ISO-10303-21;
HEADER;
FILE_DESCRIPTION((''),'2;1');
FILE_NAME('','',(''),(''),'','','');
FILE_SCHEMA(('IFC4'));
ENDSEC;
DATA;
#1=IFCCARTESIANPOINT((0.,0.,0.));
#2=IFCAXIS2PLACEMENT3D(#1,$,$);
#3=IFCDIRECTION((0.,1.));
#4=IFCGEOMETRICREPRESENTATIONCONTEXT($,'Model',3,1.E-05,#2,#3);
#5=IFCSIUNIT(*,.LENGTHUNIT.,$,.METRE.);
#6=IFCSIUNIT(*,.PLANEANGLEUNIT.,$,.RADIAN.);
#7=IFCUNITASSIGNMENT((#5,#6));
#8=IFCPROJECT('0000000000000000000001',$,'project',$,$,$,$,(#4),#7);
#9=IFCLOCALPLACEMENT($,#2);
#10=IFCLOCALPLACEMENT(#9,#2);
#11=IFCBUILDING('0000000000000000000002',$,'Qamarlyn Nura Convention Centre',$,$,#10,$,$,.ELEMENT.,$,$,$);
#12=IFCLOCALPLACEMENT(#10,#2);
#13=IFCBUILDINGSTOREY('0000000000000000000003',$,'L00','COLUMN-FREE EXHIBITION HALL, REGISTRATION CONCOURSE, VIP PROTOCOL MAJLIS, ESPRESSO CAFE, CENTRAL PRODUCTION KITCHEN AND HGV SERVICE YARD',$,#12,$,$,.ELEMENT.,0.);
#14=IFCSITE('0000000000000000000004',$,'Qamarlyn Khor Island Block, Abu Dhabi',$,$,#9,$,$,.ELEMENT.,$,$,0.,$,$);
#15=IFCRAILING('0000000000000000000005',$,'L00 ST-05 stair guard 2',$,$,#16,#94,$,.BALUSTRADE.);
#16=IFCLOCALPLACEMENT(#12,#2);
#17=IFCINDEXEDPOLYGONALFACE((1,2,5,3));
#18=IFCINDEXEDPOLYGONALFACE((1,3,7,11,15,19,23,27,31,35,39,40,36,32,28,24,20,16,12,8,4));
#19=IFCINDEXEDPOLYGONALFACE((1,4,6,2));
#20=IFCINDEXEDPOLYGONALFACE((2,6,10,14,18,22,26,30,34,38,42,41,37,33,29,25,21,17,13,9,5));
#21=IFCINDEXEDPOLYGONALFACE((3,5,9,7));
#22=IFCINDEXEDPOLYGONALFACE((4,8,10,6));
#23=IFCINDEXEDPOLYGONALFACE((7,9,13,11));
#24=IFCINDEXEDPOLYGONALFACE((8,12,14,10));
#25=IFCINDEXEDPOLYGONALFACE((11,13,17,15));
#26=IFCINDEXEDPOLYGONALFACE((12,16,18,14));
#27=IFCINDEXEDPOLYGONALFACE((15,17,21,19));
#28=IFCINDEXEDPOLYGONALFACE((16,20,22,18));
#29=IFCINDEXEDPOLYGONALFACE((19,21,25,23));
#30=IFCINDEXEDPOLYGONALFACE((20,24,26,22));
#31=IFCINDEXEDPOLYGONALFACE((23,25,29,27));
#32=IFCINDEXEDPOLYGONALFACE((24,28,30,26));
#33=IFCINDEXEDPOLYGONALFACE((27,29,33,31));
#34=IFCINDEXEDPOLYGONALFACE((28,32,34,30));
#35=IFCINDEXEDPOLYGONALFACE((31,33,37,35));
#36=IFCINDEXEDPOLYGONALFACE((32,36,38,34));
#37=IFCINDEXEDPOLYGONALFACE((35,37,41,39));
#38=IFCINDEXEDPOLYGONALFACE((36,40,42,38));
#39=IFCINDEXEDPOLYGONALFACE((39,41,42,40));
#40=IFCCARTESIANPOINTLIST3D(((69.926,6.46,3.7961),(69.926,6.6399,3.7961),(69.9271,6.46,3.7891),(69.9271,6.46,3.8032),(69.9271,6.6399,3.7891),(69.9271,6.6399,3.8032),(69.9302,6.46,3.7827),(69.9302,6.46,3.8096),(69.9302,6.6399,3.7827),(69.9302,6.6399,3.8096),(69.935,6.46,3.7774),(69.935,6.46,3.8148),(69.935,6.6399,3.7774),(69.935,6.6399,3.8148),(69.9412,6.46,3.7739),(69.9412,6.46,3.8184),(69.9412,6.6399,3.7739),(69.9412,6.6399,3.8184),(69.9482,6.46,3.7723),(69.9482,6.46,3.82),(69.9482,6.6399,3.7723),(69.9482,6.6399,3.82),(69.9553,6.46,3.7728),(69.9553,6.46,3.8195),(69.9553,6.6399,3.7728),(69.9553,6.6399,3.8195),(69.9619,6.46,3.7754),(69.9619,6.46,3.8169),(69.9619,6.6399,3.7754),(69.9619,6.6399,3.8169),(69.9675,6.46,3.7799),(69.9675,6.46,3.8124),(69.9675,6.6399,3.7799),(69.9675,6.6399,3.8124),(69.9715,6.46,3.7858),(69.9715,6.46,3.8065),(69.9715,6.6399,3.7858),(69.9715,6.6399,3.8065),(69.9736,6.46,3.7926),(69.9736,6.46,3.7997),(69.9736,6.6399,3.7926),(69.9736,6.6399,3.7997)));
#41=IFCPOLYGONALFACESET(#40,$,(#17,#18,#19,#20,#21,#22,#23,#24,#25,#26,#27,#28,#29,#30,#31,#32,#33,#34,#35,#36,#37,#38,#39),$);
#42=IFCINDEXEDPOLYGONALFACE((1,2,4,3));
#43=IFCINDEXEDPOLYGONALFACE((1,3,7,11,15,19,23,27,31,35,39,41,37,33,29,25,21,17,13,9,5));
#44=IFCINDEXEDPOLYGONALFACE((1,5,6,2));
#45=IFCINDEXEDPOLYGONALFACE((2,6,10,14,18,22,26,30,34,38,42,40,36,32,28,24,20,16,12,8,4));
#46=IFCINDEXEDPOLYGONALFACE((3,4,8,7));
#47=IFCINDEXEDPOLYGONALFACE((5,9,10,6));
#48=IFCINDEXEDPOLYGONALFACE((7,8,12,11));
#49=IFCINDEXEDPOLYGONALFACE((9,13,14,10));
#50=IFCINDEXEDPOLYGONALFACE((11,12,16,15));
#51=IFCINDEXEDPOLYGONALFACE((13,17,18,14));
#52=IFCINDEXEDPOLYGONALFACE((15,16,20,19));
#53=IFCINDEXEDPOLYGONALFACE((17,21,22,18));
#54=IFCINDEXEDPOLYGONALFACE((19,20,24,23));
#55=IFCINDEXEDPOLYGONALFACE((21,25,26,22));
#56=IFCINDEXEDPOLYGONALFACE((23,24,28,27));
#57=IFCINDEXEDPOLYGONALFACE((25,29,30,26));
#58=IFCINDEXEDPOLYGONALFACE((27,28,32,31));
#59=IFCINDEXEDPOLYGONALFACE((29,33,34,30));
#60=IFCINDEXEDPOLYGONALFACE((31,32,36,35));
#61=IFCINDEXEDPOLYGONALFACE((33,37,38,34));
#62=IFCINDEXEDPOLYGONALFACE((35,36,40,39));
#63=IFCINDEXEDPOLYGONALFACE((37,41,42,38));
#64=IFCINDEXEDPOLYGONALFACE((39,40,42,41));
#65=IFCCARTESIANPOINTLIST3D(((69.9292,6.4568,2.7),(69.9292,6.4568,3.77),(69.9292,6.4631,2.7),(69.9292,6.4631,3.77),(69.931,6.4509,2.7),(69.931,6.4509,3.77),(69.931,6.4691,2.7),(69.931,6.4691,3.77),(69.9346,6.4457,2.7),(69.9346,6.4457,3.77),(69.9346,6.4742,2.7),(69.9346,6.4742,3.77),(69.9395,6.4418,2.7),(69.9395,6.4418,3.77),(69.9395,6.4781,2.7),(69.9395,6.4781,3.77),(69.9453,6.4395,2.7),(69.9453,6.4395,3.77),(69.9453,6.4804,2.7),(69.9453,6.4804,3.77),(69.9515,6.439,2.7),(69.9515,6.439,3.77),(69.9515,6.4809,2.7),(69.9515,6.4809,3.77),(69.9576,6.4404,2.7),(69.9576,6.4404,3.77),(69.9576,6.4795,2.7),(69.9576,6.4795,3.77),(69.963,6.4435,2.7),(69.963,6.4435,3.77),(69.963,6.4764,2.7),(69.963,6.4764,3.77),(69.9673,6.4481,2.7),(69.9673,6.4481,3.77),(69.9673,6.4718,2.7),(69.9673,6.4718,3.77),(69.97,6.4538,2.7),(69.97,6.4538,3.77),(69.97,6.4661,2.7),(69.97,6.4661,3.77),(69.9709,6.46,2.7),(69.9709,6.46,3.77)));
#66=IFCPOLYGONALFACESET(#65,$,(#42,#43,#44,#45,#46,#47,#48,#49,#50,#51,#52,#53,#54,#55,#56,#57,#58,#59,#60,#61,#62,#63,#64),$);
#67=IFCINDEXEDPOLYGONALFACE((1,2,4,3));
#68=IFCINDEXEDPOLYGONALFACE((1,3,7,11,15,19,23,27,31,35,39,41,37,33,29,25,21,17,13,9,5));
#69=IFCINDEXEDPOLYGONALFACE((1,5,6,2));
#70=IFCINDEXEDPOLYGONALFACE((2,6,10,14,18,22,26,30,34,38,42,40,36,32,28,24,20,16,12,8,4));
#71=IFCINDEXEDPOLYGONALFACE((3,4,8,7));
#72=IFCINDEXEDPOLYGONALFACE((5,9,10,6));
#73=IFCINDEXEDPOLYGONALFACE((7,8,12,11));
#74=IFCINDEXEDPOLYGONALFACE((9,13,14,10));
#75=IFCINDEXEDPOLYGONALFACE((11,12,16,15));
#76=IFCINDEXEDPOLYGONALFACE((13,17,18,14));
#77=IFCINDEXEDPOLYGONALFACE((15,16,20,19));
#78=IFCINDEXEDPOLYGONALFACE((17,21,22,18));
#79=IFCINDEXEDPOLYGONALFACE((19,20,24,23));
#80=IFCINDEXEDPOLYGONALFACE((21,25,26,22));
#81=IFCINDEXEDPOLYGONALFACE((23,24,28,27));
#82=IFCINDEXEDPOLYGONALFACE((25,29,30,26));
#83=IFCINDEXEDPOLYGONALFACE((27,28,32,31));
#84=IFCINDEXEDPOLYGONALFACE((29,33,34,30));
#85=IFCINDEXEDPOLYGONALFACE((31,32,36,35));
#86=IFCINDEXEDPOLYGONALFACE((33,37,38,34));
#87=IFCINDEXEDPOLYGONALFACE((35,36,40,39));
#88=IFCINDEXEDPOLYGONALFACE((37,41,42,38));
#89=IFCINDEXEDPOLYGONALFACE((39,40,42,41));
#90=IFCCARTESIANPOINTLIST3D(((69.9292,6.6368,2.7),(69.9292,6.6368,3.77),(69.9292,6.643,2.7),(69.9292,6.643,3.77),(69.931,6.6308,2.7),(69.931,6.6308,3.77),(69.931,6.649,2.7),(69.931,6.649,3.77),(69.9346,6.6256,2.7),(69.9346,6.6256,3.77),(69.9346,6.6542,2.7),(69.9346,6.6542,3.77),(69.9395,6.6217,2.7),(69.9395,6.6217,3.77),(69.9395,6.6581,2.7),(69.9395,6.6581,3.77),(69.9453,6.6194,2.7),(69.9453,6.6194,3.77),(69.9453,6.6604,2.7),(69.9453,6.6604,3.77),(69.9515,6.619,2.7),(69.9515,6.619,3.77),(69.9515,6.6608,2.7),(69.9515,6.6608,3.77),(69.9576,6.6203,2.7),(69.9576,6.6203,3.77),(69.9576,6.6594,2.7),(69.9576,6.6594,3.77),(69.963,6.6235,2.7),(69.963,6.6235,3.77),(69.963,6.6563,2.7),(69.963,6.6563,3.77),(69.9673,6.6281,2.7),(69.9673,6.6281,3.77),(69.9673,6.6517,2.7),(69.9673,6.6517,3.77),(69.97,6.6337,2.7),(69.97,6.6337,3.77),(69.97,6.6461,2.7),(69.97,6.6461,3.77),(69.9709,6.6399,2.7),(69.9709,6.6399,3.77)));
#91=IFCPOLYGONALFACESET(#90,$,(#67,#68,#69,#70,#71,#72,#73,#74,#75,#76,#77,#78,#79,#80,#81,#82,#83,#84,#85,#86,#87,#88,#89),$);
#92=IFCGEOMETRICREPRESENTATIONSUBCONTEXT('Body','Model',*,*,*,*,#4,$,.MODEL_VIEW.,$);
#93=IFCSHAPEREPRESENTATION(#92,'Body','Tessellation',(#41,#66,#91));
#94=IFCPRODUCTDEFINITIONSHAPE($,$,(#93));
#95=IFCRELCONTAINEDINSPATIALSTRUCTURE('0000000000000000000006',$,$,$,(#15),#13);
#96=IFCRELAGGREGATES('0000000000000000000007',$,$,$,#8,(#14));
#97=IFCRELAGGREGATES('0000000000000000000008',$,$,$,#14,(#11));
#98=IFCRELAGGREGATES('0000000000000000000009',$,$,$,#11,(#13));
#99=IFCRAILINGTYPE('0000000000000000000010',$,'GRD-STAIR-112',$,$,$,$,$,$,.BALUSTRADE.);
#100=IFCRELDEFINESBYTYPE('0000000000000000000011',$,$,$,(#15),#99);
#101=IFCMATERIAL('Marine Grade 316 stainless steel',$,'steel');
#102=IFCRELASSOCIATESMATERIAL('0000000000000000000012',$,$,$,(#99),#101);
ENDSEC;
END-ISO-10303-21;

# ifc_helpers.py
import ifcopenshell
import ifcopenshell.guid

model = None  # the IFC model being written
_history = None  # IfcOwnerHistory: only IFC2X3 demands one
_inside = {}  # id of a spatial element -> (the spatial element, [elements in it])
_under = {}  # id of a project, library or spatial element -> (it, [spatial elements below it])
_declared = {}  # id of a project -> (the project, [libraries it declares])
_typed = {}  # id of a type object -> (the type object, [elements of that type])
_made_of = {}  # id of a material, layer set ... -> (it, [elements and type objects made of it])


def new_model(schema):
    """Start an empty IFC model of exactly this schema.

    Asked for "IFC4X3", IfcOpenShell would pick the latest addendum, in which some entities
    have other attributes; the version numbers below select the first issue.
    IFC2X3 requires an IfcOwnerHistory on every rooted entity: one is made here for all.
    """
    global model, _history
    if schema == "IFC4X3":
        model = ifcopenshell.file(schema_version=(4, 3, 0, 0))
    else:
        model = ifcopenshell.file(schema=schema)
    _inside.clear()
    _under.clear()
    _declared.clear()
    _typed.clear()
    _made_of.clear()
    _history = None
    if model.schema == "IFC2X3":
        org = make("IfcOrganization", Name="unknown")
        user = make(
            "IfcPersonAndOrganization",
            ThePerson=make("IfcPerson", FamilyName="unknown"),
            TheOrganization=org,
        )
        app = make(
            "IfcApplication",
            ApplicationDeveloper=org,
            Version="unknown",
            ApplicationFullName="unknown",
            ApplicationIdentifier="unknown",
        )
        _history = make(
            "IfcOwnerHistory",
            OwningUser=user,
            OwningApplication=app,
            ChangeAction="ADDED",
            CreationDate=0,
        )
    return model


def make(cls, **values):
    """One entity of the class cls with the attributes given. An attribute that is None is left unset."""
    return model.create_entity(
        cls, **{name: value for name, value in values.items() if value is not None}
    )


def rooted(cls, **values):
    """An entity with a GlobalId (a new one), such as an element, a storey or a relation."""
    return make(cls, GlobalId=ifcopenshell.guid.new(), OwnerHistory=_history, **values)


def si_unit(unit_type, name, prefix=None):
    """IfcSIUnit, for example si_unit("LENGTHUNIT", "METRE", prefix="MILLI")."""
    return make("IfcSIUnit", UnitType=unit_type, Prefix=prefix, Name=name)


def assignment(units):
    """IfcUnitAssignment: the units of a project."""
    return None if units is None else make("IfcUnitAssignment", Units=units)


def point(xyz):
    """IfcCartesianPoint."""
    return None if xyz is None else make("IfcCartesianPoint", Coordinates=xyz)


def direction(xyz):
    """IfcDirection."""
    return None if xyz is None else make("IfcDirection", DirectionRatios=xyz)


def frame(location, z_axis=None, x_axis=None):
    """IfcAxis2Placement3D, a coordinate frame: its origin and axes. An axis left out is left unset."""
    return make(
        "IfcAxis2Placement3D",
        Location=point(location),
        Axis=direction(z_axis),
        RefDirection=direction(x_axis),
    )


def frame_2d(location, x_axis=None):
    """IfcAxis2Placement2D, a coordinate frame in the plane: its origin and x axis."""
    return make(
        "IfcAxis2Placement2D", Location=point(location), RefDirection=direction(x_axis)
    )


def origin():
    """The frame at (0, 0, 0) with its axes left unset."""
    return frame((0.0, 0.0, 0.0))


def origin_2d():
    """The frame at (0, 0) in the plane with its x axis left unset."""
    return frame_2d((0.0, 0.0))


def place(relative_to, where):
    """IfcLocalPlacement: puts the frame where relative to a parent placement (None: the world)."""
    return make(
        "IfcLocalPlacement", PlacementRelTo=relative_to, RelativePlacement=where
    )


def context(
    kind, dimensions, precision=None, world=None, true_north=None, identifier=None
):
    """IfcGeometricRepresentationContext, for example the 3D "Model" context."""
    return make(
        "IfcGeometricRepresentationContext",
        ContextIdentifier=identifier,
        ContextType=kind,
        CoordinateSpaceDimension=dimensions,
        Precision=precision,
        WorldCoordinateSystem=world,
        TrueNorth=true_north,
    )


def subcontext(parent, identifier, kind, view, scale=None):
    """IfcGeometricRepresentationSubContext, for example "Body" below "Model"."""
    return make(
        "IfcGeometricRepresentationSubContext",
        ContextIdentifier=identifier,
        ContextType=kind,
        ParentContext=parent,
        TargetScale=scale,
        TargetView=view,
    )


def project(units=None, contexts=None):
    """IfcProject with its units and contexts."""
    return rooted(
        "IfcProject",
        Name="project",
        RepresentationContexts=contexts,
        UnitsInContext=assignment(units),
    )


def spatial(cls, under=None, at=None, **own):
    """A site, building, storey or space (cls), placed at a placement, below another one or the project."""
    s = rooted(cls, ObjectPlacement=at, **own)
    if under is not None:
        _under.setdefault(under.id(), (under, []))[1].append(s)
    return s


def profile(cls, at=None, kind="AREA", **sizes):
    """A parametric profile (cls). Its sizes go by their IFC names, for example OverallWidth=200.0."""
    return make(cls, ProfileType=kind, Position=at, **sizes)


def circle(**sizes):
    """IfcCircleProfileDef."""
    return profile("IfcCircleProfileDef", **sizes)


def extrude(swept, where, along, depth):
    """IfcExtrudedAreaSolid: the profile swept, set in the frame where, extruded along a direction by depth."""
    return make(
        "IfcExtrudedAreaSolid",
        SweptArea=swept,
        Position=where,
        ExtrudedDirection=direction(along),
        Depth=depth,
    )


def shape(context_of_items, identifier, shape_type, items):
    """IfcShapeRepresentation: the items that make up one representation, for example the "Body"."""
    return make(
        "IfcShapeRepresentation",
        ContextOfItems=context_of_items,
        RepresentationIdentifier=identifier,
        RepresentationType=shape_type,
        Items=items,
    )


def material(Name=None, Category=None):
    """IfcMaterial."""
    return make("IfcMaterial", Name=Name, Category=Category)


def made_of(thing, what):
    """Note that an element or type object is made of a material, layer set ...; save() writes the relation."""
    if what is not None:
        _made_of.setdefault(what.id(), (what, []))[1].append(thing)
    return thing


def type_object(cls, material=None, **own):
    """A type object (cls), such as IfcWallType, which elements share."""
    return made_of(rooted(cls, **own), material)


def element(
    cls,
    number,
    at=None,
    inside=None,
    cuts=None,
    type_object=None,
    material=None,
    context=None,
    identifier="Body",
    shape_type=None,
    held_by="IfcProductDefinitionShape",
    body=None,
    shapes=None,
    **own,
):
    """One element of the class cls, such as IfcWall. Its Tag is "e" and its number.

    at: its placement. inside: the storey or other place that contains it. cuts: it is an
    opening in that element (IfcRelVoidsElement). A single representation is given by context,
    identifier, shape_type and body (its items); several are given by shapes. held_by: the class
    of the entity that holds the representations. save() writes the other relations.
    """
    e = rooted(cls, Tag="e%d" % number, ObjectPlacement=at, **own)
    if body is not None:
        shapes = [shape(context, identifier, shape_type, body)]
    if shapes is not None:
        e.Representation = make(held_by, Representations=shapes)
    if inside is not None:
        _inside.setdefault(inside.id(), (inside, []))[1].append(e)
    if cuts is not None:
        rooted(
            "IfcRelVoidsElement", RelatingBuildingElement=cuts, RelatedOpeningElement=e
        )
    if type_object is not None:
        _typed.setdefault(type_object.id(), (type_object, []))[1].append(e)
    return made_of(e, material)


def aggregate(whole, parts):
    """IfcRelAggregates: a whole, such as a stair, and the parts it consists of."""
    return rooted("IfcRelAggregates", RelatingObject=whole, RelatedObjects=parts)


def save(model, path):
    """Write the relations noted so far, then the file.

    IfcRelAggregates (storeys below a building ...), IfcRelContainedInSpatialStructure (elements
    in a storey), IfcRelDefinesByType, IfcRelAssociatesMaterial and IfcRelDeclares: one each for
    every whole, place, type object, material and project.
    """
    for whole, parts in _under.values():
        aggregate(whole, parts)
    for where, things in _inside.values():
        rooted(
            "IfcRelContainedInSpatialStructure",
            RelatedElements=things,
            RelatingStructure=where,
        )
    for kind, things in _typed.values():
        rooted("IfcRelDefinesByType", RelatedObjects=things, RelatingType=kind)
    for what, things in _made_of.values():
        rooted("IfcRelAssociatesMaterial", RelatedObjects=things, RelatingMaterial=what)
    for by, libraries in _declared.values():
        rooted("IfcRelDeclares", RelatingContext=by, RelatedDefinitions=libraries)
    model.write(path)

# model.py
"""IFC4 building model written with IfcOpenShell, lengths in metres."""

from ifc_helpers import new_model, si_unit, direction, frame, origin, origin_2d, place, context, subcontext, project, spatial, circle, extrude, material, type_object, element, save


model = new_model("IFC4")

# Units and contexts
model_context = context("Model", 3, precision=1e-05, world=origin(), true_north=direction((0.0, 1.0)))
body_context = subcontext(model_context, "Body", "Model", "MODEL_VIEW")
ifc_project = project(units=[si_unit("LENGTHUNIT", "METRE"), si_unit("PLANEANGLEUNIT", "RADIAN")], contexts=[model_context])

# Site, building, storey
site_placement = place(None, origin())
site = spatial("IfcSite", under=ifc_project, at=site_placement, Name="Qamarlyn Khor Island Block, Abu Dhabi", CompositionType="ELEMENT", RefElevation=0.0)
building_placement = place(site_placement, origin())
building = spatial("IfcBuilding", under=site, at=building_placement, Name="Qamarlyn Nura Convention Centre", CompositionType="ELEMENT")
storey_placement = place(building_placement, origin())
storey = spatial("IfcBuildingStorey", under=building, at=storey_placement, Name="L00", Description="COLUMN-FREE EXHIBITION HALL, REGISTRATION CONCOURSE, VIP PROTOCOL MAJLIS, ESPRESSO CAFE, CENTRAL PRODUCTION KITCHEN AND HGV SERVICE YARD", CompositionType="ELEMENT", Elevation=0.0)

# Railing
ifc_material_1 = material(Name="Marine Grade 316 stainless steel", Category="steel")
railing_type_1 = type_object("IfcRailingType", Name="GRD-STAIR-112", PredefinedType="BALUSTRADE", material=ifc_material_1)
railing_1_placement = place(storey_placement, frame((69.95, 6.46, 2.7)))
element("IfcRailing", 1, at=railing_1_placement, inside=storey, type_object=railing_type_1, Name="L00 ST-05 stair guard 2", PredefinedType="BALUSTRADE", context=body_context, shape_type="SweptSolid", body=[
    extrude(circle(Radius=0.0239, at=origin_2d()), frame((0.0, 0.0, 1.0962), z_axis=(0.0, 1.0, 0.0), x_axis=(-1.0, 0.0, 0.0)), (0.0, 0.0, 1.0), 0.1799),
    extrude(circle(Radius=0.021, at=origin_2d()), origin(), (0.0, 0.0, 1.0), 1.0701),
    extrude(circle(Radius=0.021, at=origin_2d()), frame((0.0, 0.1799, 0.0)), (0.0, 0.0, 1.0), 1.0701),
])

save(model, "model.ifc")
